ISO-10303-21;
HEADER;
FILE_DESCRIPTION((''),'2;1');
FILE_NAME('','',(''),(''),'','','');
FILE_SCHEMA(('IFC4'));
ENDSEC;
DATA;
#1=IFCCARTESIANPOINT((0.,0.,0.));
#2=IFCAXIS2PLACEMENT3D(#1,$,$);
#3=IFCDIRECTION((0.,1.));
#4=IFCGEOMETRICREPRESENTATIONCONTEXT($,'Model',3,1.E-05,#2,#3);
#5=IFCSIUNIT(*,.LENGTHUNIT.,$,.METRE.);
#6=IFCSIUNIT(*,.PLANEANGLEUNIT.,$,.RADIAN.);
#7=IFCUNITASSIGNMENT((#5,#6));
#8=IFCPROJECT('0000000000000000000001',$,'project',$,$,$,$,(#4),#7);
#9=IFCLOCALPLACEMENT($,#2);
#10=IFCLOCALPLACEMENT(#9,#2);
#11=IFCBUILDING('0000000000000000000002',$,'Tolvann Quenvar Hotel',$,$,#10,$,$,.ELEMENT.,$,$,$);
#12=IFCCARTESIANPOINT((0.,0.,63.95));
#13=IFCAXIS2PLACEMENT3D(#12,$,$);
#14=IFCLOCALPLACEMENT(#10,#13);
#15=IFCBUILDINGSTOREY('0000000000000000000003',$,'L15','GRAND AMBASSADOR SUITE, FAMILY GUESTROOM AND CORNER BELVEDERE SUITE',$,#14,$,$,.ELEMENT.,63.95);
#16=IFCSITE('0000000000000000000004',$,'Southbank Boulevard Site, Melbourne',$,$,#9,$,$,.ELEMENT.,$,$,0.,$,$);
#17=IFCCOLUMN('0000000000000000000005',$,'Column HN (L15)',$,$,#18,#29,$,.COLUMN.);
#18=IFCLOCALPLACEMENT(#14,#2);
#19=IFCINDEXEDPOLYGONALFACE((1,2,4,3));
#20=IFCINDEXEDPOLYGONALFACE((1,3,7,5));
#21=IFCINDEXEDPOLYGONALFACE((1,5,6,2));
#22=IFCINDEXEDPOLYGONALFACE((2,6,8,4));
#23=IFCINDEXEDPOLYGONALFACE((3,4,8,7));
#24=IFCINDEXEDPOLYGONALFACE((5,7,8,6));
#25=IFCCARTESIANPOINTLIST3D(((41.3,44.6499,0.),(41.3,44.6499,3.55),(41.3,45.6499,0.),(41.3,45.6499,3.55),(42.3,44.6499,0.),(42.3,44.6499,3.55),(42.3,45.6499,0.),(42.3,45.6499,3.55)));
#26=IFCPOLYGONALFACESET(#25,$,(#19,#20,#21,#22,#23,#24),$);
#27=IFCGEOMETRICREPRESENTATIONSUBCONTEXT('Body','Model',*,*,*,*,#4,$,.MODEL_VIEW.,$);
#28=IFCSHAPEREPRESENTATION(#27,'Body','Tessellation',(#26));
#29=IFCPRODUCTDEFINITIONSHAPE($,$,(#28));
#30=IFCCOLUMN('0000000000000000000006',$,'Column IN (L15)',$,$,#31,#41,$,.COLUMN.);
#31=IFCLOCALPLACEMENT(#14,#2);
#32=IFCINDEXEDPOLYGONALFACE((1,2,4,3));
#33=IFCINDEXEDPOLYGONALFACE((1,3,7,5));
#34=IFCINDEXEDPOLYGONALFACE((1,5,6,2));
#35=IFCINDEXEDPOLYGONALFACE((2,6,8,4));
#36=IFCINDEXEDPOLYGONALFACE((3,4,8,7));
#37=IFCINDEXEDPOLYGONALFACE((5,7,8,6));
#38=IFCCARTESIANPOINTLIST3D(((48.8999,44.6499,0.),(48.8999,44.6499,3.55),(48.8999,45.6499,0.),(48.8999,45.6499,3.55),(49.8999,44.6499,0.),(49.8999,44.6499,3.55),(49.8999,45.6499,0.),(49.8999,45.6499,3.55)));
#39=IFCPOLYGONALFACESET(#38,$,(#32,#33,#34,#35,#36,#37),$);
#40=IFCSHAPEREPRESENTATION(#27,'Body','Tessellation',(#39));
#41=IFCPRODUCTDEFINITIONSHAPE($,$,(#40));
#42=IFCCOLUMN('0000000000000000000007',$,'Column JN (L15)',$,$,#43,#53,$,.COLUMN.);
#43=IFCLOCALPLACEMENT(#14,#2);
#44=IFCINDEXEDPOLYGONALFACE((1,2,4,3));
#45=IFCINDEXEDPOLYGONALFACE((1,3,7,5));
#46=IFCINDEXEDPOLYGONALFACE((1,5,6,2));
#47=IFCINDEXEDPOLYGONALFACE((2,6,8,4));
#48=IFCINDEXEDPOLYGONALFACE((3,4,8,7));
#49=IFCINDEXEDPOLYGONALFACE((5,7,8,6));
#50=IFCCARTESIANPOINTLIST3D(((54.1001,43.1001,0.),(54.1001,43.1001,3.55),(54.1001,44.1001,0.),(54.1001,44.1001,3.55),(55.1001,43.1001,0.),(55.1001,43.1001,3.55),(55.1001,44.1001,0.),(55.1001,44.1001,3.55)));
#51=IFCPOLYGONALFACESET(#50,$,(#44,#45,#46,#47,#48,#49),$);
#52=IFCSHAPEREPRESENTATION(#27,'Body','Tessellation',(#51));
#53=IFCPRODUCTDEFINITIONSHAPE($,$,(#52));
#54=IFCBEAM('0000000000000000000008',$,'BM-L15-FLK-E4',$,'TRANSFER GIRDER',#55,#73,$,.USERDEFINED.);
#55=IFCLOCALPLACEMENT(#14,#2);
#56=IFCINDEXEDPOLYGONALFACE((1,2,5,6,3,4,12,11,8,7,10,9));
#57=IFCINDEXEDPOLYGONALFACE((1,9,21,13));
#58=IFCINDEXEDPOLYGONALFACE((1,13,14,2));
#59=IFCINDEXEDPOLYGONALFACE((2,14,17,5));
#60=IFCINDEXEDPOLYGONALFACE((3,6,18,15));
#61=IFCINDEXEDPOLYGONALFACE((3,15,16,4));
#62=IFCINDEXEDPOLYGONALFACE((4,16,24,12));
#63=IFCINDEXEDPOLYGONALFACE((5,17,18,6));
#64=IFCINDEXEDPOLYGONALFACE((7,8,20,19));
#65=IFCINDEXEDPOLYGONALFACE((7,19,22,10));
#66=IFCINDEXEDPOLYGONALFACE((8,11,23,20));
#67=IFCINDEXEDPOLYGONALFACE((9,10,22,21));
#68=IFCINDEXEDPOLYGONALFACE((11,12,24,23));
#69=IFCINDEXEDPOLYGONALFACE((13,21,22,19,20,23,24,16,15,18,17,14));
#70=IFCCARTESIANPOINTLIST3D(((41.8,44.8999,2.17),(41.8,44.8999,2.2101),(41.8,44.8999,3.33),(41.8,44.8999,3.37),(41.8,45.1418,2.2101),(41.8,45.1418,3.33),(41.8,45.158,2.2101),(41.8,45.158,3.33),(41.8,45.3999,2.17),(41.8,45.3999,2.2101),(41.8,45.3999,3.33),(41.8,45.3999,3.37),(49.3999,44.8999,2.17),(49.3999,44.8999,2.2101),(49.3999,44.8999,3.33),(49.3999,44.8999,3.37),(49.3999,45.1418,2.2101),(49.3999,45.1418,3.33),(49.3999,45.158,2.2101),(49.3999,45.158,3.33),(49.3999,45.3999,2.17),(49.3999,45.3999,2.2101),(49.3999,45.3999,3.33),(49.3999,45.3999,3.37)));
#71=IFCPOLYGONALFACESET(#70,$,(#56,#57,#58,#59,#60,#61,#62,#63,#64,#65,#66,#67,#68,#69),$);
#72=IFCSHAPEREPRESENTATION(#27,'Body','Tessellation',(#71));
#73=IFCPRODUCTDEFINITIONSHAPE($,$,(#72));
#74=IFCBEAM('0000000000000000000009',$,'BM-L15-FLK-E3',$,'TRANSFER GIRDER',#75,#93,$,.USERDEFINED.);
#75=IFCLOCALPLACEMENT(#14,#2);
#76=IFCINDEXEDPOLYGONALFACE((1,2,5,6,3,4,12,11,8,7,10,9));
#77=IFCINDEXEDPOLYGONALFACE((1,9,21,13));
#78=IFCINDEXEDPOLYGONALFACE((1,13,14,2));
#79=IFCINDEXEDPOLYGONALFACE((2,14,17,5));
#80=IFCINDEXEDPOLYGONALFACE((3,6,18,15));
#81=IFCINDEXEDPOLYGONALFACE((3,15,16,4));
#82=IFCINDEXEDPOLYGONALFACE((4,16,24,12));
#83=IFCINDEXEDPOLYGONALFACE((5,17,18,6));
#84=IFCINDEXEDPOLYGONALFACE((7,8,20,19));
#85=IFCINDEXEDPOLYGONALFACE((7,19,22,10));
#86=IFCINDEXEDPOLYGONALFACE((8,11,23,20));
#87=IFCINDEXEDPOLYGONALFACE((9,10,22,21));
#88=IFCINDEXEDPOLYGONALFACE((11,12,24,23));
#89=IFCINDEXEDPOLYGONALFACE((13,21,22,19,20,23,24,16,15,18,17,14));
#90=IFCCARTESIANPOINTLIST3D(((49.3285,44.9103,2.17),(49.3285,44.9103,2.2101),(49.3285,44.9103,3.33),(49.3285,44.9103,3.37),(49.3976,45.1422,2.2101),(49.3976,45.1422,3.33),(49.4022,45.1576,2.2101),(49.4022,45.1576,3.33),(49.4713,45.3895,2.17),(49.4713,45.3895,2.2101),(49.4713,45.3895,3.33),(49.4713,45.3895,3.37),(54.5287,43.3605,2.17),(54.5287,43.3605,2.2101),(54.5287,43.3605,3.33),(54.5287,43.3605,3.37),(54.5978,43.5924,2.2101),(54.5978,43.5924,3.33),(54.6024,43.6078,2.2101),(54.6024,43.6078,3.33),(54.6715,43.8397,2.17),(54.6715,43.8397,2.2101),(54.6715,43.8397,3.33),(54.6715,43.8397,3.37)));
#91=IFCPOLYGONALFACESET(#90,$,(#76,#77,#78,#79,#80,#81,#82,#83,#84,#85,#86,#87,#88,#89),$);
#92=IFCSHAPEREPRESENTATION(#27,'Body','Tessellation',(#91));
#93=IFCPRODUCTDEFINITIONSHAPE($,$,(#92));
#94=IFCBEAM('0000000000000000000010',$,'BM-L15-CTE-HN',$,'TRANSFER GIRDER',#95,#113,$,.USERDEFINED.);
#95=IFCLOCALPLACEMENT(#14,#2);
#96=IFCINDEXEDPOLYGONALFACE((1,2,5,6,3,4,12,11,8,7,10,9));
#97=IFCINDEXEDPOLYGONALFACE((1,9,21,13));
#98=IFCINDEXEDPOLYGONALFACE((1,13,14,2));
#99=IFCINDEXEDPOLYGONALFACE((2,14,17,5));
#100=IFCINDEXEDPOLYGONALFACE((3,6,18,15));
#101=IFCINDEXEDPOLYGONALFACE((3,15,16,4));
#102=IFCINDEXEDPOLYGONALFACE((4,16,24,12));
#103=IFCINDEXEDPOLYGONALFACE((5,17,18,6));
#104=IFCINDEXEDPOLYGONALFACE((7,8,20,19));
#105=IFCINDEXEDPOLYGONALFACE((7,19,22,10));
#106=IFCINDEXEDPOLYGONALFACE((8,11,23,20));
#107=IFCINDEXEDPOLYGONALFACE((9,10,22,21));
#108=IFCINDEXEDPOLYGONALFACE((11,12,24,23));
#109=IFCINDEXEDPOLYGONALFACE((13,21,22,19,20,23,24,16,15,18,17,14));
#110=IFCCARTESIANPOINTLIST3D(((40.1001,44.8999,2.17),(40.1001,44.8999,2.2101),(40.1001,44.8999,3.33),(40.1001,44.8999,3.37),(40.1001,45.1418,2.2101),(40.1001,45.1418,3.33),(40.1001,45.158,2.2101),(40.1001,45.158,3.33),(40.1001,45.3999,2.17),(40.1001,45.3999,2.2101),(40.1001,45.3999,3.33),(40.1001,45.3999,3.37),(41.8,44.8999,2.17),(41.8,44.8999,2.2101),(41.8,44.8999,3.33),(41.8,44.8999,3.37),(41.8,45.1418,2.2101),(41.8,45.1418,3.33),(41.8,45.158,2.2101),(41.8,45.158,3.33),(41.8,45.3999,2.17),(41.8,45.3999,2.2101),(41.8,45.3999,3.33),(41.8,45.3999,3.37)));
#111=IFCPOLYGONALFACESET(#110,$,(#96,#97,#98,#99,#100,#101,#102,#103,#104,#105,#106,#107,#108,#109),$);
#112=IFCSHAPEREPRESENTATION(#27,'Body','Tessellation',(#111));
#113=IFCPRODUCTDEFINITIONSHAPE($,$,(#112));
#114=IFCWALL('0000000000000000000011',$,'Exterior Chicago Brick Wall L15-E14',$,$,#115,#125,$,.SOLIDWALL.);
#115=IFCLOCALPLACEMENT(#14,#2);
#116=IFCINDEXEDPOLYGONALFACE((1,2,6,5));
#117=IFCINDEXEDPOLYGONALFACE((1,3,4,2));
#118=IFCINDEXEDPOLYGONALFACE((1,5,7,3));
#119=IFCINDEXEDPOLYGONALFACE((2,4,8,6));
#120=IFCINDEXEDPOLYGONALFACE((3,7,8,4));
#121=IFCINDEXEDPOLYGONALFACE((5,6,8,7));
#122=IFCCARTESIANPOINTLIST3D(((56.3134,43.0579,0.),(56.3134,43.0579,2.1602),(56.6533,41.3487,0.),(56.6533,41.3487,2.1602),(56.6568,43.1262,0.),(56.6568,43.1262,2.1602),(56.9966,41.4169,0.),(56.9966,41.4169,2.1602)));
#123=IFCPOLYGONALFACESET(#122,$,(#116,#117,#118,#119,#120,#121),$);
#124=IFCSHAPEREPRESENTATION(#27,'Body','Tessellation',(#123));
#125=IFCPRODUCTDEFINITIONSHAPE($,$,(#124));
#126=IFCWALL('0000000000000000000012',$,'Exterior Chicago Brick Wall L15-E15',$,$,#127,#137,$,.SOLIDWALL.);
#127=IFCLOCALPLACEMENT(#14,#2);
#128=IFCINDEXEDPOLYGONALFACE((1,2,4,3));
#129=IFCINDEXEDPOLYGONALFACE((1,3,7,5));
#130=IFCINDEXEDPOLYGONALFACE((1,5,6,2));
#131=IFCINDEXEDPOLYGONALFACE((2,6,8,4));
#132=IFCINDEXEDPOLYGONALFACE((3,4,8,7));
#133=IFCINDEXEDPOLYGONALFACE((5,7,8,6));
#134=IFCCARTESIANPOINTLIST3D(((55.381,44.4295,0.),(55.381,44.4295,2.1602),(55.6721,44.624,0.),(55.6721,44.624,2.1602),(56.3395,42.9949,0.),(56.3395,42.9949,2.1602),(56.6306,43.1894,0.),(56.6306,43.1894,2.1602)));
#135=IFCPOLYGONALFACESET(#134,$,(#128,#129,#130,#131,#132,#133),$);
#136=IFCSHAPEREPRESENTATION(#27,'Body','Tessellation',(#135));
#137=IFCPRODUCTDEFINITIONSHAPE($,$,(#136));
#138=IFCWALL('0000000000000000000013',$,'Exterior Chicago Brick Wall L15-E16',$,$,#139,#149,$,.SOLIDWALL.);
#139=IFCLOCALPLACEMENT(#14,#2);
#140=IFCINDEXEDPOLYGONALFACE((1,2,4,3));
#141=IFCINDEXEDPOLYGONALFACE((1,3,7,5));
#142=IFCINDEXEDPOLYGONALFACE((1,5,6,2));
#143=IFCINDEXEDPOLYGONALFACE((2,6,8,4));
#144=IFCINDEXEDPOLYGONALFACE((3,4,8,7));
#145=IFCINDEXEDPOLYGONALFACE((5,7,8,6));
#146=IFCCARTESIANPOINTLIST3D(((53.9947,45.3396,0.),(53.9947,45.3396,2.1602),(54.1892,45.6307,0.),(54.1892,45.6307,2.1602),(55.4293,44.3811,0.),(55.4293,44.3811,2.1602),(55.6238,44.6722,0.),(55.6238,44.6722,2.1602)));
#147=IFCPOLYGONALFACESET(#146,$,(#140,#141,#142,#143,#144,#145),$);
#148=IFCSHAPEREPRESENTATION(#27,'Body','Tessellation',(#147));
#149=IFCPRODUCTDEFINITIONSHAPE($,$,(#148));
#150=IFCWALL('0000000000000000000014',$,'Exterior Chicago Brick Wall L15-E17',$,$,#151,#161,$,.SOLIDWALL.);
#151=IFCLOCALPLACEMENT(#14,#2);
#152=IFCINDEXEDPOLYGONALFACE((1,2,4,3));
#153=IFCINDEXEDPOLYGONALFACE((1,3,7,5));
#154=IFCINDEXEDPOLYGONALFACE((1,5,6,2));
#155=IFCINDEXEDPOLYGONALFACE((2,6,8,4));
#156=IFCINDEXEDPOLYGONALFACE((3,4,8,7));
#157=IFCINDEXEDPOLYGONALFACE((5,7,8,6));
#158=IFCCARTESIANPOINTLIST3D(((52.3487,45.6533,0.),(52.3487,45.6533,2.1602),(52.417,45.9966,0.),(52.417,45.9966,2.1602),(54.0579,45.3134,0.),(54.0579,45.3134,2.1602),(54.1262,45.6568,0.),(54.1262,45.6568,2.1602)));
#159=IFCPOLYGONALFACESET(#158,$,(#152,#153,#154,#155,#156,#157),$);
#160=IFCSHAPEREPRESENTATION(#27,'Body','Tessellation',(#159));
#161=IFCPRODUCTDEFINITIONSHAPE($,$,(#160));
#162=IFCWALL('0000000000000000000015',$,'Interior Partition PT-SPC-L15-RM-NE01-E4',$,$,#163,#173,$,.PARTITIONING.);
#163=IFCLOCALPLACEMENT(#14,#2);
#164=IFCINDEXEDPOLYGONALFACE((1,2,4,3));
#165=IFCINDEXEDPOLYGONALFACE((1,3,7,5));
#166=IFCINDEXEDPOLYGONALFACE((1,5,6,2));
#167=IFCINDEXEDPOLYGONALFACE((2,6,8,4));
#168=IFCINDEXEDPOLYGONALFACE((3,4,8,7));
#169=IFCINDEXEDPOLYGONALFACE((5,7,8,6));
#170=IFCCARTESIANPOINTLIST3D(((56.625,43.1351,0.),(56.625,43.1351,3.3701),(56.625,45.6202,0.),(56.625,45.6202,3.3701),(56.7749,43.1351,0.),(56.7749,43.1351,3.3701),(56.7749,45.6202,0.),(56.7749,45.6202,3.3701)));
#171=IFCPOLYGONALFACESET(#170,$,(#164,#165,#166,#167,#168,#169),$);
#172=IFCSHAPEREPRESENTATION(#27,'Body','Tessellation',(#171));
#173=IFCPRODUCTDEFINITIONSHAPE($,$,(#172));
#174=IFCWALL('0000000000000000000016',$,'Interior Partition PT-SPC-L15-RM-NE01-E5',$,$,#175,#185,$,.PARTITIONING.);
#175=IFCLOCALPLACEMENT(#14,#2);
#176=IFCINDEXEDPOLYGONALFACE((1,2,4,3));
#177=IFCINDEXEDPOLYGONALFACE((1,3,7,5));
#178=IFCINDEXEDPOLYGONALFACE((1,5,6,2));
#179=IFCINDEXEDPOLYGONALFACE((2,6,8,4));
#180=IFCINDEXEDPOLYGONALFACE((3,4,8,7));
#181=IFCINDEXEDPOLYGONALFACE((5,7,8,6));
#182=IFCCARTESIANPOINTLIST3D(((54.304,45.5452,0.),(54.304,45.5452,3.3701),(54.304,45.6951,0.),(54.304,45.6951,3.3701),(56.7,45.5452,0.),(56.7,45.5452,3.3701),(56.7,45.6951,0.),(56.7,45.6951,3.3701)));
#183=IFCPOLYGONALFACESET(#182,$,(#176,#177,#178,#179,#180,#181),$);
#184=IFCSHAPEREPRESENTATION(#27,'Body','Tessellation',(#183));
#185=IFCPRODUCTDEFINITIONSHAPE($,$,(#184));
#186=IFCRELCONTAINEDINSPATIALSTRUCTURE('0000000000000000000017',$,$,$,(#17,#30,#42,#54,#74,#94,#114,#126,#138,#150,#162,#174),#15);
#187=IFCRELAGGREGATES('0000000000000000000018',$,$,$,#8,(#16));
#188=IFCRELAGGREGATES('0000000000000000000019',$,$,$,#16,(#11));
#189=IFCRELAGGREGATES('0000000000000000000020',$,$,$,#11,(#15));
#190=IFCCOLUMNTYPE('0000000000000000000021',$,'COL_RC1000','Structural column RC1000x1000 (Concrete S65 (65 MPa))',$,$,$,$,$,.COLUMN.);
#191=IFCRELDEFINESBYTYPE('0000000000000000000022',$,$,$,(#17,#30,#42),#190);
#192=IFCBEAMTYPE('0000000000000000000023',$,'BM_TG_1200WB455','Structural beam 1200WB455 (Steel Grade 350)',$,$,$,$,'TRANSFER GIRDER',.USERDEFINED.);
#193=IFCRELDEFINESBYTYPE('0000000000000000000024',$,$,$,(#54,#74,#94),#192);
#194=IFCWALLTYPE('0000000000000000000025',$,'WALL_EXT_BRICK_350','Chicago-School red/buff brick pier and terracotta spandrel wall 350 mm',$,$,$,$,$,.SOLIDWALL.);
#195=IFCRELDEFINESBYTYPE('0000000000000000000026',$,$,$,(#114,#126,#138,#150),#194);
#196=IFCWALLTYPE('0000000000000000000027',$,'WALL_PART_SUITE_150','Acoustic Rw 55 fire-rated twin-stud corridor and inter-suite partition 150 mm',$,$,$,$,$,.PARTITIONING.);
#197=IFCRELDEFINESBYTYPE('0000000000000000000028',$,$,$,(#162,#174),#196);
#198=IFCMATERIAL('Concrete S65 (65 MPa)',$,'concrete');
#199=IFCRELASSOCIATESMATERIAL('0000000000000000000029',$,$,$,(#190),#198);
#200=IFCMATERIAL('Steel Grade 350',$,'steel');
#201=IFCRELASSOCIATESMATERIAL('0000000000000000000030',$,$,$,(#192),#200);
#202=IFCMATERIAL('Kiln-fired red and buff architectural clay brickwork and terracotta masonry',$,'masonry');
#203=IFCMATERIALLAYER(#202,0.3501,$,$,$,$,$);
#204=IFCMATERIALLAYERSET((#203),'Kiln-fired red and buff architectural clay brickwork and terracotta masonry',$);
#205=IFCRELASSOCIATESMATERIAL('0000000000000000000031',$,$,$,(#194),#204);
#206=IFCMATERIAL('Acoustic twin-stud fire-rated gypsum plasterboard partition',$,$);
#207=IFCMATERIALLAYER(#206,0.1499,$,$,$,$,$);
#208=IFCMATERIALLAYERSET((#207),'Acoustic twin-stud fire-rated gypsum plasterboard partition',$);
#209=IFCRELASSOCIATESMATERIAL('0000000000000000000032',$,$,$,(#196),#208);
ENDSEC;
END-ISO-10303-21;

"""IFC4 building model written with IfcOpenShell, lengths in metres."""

from ifc_helpers import new_model, si_unit, direction, frame, frame_2d, origin, origin_2d, place, context, subcontext, project, spatial, rectangle, i_section, extrude, source, transform, mapped, material, layer, layer_set, material_profile, profile_set, type_object, type_shapes, element, save


model = new_model("IFC4")

# Units and contexts
model_context = context("Model", 3, precision=1e-05, world=origin(), true_north=direction((0.0, 1.0)))
body_context = subcontext(model_context, "Body", "Model", "MODEL_VIEW")
ifc_project = project(units=[si_unit("LENGTHUNIT", "METRE"), si_unit("PLANEANGLEUNIT", "RADIAN")], contexts=[model_context])

# Site, building, storey
site_placement = place(None, origin())
site = spatial("IfcSite", under=ifc_project, at=site_placement, Name="Southbank Boulevard Site, Melbourne", CompositionType="ELEMENT", RefElevation=0.0)
building_placement = place(site_placement, origin())
building = spatial("IfcBuilding", under=site, at=building_placement, Name="Tolvann Quenvar Hotel", CompositionType="ELEMENT")
storey_placement = place(building_placement, frame((0.0, 0.0, 63.95)))
storey = spatial("IfcBuildingStorey", under=building, at=storey_placement, Name="L15", Description="GRAND AMBASSADOR SUITE, FAMILY GUESTROOM AND CORNER BELVEDERE SUITE", CompositionType="ELEMENT", Elevation=63.95)

# Columns
ifc_material_1 = material(Name="Concrete S65 (65 MPa)", Category="concrete")
ifc_material_profile_1 = material_profile(ifc_material_1, rectangle(XDim=1.0, YDim=1.0, at=origin_2d()), Name="RC1000x1000")
ifc_profile_set_1 = profile_set([ifc_material_profile_1], Name="Concrete S65 (65 MPa)")
column_type = type_object("IfcColumnType", Name="COL_RC1000", Description="Structural column RC1000x1000 (Concrete S65 (65 MPa))", PredefinedType="COLUMN", material=ifc_profile_set_1)
shared_shape_1 = source(origin(), body_context, "Body", "SweptSolid", [
    extrude(rectangle(XDim=1.0, YDim=1.0, at=origin_2d()), origin(), (0.0, 0.0, 1.0), 3.55),
])
type_shapes(column_type, [shared_shape_1])
for number, where, z_axis, x_axis, name in (
    (1, (41.8, 45.1499, 0.0), (0.0, 0.0, 1.0), (1.0, 0.0, 0.0), "Column HN (L15)"),
    (2, (49.3999, 45.1499, 0.0), (0.0, 0.0, 1.0), (1.0, 0.0, 0.0), "Column IN (L15)"),
    (3, (54.6001, 43.6001, 0.0), (0.0, 0.0, 1.0), (1.0, 0.0, 0.0), "Column JN (L15)"),
):
    element("IfcColumn", number, at=place(storey_placement, frame(where, z_axis=z_axis, x_axis=x_axis)), inside=storey, type_object=column_type, Name=name, PredefinedType="COLUMN", context=body_context, shape_type="MappedRepresentation", body=[
        mapped(shared_shape_1, transform((0.0, 0.0, 0.0), x_axis=(1.0, 0.0, 0.0), y_axis=(0.0, 1.0, 0.0), z_axis=(0.0, 0.0, 1.0), scale=1.0)),
    ])

# Beams
ifc_material_2 = material(Name="Steel Grade 350", Category="steel")
ifc_material_profile_2 = material_profile(ifc_material_2, i_section(OverallWidth=0.5, OverallDepth=1.2, WebThickness=0.0161, FlangeThickness=0.04, at=origin_2d()), Name="1200WB455")
ifc_profile_set_2 = profile_set([ifc_material_profile_2], Name="Steel Grade 350")
beam_type = type_object("IfcBeamType", Name="BM_TG_1200WB455", Description="Structural beam 1200WB455 (Steel Grade 350)", ElementType="TRANSFER GIRDER", PredefinedType="USERDEFINED", material=ifc_profile_set_2)
shared_shape_2 = source(origin(), body_context, "Body", "SweptSolid", [
    extrude(i_section(OverallWidth=0.5, OverallDepth=1.2, WebThickness=0.0161, FlangeThickness=0.04, at=origin_2d()), origin(), (0.0, 0.0, 1.0), 7.5999),
])
beam_1_placement = place(storey_placement, frame((49.3999, 45.1499, 2.77), z_axis=(-1.0, 0.0, 0.0), x_axis=(0.0, -1.0, 0.0)))
element("IfcBeam", 4, at=beam_1_placement, inside=storey, type_object=beam_type, Name="BM-L15-FLK-E4", ObjectType="TRANSFER GIRDER", PredefinedType="USERDEFINED", context=body_context, shape_type="MappedRepresentation", body=[
    mapped(shared_shape_2, transform((0.0, 0.0, 0.0), x_axis=(1.0, 0.0, 0.0), y_axis=(0.0, 1.0, 0.0), z_axis=(0.0, 0.0, 1.0), scale=1.0)),
])
shared_shape_3 = source(origin(), body_context, "Body", "SweptSolid", [
    extrude(i_section(OverallWidth=0.5, OverallDepth=1.2, WebThickness=0.0161, FlangeThickness=0.04, at=origin_2d()), origin(), (0.0, 0.0, 1.0), 5.4263),
])
beam_2_placement = place(storey_placement, frame((54.6001, 43.6001, 2.77), z_axis=(-0.958345, 0.285614, 0.0), x_axis=(-0.285614, -0.958345, 0.0)))
element("IfcBeam", 5, at=beam_2_placement, inside=storey, type_object=beam_type, Name="BM-L15-FLK-E3", ObjectType="TRANSFER GIRDER", PredefinedType="USERDEFINED", context=body_context, shape_type="MappedRepresentation", body=[
    mapped(shared_shape_3, transform((0.0, 0.0, 0.0), x_axis=(1.0, 0.0, 0.0), y_axis=(0.0, 1.0, 0.0), z_axis=(0.0, 0.0, 1.0), scale=1.0)),
])
shared_shape_4 = source(origin(), body_context, "Body", "SweptSolid", [
    extrude(i_section(OverallWidth=0.5, OverallDepth=1.2, WebThickness=0.0161, FlangeThickness=0.04, at=origin_2d()), origin(), (0.0, 0.0, 1.0), 1.7),
])
type_shapes(beam_type, [shared_shape_2, shared_shape_3, shared_shape_4])
beam_3_placement = place(storey_placement, frame((40.1001, 45.1499, 2.77), z_axis=(1.0, 0.0, 0.0), x_axis=(0.0, 1.0, 0.0)))
element("IfcBeam", 6, at=beam_3_placement, inside=storey, type_object=beam_type, Name="BM-L15-CTE-HN", ObjectType="TRANSFER GIRDER", PredefinedType="USERDEFINED", context=body_context, shape_type="MappedRepresentation", body=[
    mapped(shared_shape_4, transform((0.0, 0.0, 0.0), x_axis=(1.0, 0.0, 0.0), y_axis=(0.0, 1.0, 0.0), z_axis=(0.0, 0.0, 1.0), scale=1.0)),
])

# Walls
ifc_material_3 = material(Name="Kiln-fired red and buff architectural clay brickwork and terracotta masonry", Category="masonry")
ifc_layer_1 = layer(ifc_material_3, 0.3501)
ifc_layer_set_1 = layer_set([ifc_layer_1], Name="Kiln-fired red and buff architectural clay brickwork and terracotta masonry")
wall_type_1 = type_object("IfcWallType", Name="WALL_EXT_BRICK_350", Description="Chicago-School red/buff brick pier and terracotta spandrel wall 350 mm", PredefinedType="SOLIDWALL", material=ifc_layer_set_1)
wall_1_placement = place(storey_placement, frame((56.825, 41.3828, 0.0), z_axis=(0.0, 0.0, 1.0), x_axis=(-0.195011, 0.980801, 0.0)))
element("IfcWall", 7, at=wall_1_placement, inside=storey, type_object=wall_type_1, Name="Exterior Chicago Brick Wall L15-E14", PredefinedType="SOLIDWALL", context=body_context, shape_type="SweptSolid", body=[
    extrude(rectangle(XDim=1.7427, YDim=0.3501, at=frame_2d((0.8713, 0.0))), origin(), (0.0, 0.0, 1.0), 2.1602),
])
for number, where, z_axis, x_axis, name in (
    (8, (56.4851, 43.092, 0.0), (0.0, 0.0, 1.0), (-0.555549, 0.831484, 0.0), "Exterior Chicago Brick Wall L15-E15"),
    (9, (55.5266, 44.5266, 0.0), (0.0, 0.0, 1.0), (-0.831484, 0.555549, 0.0), "Exterior Chicago Brick Wall L15-E16"),
):
    element("IfcWall", number, at=place(storey_placement, frame(where, z_axis=z_axis, x_axis=x_axis)), inside=storey, type_object=wall_type_1, Name=name, PredefinedType="SOLIDWALL", context=body_context, shape_type="SweptSolid", body=[
        extrude(rectangle(XDim=1.7253, YDim=0.3501, at=frame_2d((0.8628, 0.0))), origin(), (0.0, 0.0, 1.0), 2.1602),
    ])
wall_2_placement = place(storey_placement, frame((54.092, 45.4851, 0.0), z_axis=(0.0, 0.0, 1.0), x_axis=(-0.980801, 0.195011, 0.0)))
element("IfcWall", 10, at=wall_2_placement, inside=storey, type_object=wall_type_1, Name="Exterior Chicago Brick Wall L15-E17", PredefinedType="SOLIDWALL", context=body_context, shape_type="SweptSolid", body=[
    extrude(rectangle(XDim=1.7427, YDim=0.3501, at=frame_2d((0.8713, 0.0))), origin(), (0.0, 0.0, 1.0), 2.1602),
])

# Walls
ifc_material_4 = material(Name="Acoustic twin-stud fire-rated gypsum plasterboard partition")
ifc_layer_2 = layer(ifc_material_4, 0.1499)
ifc_layer_set_2 = layer_set([ifc_layer_2], Name="Acoustic twin-stud fire-rated gypsum plasterboard partition")
wall_type_2 = type_object("IfcWallType", Name="WALL_PART_SUITE_150", Description="Acoustic Rw 55 fire-rated twin-stud corridor and inter-suite partition 150 mm", PredefinedType="PARTITIONING", material=ifc_layer_set_2)
wall_3_placement = place(storey_placement, frame((56.7, 43.135, 0.0), z_axis=(0.0, 0.0, 1.0), x_axis=(0.0, 1.0, 0.0)))
element("IfcWall", 11, at=wall_3_placement, inside=storey, type_object=wall_type_2, Name="Interior Partition PT-SPC-L15-RM-NE01-E4", PredefinedType="PARTITIONING", context=body_context, shape_type="SweptSolid", body=[
    extrude(rectangle(XDim=2.4851, YDim=0.1499, at=frame_2d((1.2427, 0.0))), origin(), (0.0, 0.0, 1.0), 3.3701),
])
wall_4_placement = place(storey_placement, frame((54.304, 45.6201, 0.0), z_axis=(0.0, 0.0, 1.0), x_axis=(1.0, 0.0, 0.0)))
element("IfcWall", 12, at=wall_4_placement, inside=storey, type_object=wall_type_2, Name="Interior Partition PT-SPC-L15-RM-NE01-E5", PredefinedType="PARTITIONING", context=body_context, shape_type="SweptSolid", body=[
    extrude(rectangle(XDim=2.396, YDim=0.1499, at=frame_2d((1.198, 0.0))), origin(), (0.0, 0.0, 1.0), 3.3701),
])

save(model, "model.ifc")
